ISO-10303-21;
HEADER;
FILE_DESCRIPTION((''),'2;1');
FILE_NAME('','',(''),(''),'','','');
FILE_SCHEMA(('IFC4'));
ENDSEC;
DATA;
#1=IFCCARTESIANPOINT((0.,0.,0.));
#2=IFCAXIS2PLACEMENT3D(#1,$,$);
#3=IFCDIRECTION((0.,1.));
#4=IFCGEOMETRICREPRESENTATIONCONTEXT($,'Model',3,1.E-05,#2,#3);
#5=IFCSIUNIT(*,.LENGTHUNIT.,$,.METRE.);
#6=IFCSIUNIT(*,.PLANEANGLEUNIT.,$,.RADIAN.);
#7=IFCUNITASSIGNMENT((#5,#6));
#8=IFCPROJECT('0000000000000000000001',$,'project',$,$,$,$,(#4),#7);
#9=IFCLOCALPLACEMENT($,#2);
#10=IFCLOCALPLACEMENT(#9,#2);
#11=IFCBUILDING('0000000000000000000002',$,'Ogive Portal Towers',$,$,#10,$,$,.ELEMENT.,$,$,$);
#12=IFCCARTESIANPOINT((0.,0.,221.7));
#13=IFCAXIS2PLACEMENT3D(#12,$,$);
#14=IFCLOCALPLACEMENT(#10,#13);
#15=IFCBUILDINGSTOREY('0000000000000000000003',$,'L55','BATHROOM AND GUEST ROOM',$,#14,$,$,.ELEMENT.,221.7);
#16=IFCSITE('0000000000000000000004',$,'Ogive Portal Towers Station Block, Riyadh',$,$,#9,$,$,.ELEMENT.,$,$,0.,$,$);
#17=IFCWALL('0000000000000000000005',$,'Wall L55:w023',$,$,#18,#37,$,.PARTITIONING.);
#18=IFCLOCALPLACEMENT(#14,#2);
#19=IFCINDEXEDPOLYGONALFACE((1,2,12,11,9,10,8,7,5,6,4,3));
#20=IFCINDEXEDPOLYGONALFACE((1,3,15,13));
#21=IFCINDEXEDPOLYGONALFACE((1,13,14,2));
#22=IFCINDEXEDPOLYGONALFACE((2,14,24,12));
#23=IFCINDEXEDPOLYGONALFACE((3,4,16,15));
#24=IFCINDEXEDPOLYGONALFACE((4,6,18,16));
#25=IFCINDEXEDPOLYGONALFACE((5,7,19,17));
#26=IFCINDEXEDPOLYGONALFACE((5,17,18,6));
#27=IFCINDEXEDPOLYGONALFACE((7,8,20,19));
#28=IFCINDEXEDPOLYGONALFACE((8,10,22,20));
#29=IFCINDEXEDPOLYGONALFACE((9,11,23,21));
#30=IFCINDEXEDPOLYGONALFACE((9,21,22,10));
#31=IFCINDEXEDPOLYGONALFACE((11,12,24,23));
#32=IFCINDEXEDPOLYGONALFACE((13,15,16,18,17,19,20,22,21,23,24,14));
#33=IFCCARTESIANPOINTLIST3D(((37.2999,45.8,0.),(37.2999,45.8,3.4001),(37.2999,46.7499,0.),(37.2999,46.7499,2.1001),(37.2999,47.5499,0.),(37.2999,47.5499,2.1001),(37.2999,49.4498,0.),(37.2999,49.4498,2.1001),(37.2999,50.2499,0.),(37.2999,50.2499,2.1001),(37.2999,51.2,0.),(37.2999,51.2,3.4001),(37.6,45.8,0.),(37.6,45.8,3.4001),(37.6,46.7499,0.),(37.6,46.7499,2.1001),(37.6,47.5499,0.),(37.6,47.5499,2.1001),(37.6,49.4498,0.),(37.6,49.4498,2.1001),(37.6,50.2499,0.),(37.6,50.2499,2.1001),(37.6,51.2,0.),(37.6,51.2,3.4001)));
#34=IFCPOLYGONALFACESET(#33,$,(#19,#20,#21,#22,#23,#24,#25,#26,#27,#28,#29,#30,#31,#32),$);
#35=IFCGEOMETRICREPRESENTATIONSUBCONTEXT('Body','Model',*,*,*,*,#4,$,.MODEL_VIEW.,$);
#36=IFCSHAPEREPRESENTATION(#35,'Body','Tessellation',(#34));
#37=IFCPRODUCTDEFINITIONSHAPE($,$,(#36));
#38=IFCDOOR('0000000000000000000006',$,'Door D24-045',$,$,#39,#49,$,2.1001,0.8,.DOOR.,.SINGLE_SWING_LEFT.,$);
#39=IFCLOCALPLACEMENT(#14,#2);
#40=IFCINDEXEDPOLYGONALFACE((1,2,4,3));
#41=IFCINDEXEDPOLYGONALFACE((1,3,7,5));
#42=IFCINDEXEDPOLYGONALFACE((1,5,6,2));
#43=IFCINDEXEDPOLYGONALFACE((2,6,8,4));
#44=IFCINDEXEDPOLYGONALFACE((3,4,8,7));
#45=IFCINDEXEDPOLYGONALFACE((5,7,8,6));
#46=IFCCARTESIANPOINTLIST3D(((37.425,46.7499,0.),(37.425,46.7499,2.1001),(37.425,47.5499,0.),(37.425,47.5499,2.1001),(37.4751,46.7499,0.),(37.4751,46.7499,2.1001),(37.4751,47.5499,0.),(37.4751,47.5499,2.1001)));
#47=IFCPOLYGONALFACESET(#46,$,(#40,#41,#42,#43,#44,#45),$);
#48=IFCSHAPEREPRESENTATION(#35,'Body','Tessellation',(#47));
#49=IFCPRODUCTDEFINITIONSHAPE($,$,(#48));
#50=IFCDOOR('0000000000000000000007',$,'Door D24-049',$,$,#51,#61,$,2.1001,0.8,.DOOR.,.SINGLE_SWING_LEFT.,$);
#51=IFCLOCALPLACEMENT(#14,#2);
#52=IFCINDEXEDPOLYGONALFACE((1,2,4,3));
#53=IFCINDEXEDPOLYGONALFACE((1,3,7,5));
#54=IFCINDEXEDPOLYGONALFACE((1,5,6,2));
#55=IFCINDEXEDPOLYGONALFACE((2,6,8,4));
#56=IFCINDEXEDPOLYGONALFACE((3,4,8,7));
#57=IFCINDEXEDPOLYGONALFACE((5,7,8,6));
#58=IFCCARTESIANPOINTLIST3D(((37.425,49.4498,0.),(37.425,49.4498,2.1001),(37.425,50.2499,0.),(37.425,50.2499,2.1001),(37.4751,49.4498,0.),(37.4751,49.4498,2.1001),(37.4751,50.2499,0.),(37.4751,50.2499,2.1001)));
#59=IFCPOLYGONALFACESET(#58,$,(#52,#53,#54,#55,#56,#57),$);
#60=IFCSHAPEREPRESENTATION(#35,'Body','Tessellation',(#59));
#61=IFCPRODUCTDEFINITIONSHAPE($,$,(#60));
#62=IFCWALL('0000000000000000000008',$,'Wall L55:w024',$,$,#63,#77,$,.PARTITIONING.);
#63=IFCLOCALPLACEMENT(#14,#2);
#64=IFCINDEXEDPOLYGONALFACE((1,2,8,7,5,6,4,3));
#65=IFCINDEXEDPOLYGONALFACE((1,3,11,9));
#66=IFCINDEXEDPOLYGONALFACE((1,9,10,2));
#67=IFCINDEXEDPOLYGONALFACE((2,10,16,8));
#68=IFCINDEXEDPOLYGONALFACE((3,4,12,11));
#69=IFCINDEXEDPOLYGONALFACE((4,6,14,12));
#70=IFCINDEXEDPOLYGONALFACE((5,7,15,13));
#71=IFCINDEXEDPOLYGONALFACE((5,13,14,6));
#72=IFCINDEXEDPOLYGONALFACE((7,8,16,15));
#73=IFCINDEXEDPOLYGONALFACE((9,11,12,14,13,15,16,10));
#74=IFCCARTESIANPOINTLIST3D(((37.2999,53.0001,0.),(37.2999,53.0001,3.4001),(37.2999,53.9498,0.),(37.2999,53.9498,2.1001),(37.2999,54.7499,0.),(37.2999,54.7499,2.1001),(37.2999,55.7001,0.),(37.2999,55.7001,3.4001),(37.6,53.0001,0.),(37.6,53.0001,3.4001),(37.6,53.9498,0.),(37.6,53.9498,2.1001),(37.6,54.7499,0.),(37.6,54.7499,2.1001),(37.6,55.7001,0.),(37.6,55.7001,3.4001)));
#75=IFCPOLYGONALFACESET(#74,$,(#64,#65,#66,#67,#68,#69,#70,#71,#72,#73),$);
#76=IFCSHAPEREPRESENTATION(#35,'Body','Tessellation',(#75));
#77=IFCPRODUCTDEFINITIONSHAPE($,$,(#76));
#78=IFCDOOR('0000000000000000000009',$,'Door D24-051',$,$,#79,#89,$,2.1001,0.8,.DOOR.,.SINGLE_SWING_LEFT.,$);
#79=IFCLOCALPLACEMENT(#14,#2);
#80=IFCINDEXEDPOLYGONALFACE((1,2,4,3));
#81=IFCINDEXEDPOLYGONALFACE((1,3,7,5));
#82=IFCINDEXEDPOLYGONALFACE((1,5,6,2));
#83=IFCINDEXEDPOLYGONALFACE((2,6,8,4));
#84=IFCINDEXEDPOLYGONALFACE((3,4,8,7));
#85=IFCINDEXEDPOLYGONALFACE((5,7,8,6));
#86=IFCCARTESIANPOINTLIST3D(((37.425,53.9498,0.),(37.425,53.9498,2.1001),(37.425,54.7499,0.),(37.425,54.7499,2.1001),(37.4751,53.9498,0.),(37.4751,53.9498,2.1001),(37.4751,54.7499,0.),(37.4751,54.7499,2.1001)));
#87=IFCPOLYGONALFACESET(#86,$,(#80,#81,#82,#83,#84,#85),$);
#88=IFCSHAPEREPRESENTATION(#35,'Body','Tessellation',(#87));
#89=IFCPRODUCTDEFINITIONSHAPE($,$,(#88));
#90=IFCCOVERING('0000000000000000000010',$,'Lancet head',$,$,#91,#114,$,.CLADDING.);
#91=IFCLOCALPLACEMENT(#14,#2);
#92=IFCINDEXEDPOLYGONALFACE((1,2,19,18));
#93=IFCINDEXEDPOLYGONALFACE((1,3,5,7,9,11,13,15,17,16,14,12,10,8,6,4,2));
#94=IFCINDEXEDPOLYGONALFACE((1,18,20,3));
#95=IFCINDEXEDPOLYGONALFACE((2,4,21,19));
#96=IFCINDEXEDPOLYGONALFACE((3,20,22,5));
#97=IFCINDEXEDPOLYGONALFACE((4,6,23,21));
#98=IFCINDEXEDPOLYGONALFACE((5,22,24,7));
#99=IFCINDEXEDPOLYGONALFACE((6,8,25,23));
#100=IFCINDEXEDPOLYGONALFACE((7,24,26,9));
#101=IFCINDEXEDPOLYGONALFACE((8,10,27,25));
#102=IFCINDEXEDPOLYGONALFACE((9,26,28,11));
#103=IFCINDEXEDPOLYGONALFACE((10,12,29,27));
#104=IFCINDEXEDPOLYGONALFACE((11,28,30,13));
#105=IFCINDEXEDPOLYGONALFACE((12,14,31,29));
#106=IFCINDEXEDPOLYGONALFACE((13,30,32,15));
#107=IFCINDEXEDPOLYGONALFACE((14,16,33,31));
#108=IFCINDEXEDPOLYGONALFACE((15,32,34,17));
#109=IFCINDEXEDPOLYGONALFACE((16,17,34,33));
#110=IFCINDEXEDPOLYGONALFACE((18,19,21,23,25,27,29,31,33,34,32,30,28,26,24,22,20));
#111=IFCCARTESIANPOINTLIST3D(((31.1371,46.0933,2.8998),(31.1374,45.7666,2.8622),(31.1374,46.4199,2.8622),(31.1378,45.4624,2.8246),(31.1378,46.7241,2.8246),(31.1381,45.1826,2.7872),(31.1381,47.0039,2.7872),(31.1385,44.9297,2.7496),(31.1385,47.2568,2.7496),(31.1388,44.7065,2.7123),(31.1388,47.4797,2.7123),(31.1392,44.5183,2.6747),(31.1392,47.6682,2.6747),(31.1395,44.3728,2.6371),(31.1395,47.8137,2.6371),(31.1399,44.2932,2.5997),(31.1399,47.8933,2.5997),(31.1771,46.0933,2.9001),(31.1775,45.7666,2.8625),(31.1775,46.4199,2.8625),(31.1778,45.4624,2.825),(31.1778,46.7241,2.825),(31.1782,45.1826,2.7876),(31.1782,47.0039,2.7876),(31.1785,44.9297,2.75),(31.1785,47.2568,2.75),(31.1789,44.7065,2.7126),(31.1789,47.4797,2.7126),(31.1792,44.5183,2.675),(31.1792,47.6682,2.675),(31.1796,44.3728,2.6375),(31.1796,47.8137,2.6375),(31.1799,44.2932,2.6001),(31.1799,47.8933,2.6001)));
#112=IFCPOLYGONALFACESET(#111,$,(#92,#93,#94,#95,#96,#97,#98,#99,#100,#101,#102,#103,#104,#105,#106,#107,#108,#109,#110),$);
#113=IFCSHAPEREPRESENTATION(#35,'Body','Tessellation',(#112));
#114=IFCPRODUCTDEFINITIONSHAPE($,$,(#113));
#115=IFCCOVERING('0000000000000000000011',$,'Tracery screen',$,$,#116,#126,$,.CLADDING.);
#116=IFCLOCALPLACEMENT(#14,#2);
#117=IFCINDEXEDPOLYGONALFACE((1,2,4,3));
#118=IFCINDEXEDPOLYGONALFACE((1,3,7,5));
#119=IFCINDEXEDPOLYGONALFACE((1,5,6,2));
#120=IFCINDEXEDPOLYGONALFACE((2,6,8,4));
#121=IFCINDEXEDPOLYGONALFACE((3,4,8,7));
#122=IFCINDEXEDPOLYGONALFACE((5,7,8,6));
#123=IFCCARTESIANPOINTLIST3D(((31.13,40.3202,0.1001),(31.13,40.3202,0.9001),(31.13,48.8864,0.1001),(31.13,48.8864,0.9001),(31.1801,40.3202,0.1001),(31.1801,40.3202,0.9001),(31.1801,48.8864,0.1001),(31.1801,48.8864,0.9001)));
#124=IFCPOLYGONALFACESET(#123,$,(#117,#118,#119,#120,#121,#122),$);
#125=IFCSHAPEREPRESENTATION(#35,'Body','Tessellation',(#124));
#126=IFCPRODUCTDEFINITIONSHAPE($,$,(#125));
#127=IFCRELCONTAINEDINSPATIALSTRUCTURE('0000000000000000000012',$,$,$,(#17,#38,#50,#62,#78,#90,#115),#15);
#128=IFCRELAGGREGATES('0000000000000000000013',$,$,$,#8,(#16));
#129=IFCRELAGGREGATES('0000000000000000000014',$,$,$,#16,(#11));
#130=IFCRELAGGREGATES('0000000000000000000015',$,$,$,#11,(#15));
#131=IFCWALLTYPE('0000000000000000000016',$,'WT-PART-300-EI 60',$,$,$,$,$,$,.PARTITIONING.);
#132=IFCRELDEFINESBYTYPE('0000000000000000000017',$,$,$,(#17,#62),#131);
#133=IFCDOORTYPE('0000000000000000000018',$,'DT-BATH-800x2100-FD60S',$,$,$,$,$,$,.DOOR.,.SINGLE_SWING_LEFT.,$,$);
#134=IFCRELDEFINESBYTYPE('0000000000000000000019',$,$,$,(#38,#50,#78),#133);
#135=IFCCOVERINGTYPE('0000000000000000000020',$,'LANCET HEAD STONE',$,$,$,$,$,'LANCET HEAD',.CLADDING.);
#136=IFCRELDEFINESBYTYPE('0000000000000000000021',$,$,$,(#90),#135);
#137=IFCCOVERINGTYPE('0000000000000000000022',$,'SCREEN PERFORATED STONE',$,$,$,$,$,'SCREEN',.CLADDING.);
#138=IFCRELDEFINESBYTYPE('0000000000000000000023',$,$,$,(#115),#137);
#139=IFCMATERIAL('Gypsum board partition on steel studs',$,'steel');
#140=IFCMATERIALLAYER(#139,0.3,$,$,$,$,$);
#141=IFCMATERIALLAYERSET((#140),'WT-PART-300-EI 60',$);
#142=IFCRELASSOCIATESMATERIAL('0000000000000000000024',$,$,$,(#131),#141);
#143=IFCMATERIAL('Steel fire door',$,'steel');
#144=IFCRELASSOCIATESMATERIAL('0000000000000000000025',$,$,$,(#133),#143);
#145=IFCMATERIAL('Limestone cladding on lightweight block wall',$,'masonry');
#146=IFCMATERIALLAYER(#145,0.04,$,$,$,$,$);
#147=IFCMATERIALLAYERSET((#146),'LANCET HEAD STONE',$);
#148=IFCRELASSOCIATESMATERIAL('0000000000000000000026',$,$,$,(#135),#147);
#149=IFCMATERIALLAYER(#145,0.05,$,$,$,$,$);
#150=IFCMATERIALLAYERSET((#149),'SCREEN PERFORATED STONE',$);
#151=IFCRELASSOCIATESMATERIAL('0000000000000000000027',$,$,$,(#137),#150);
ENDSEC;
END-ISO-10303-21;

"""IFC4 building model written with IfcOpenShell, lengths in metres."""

from ifc_helpers import new_model, si_unit, direction, frame, frame_2d, origin, origin_2d, place, context, subcontext, project, spatial, polyline, rectangle, outline, extrude, material, layer, layer_set, type_object, element, fill, save


model = new_model("IFC4")

# Units and contexts
model_context = context("Model", 3, precision=1e-05, world=origin(), true_north=direction((0.0, 1.0)))
body_context = subcontext(model_context, "Body", "Model", "MODEL_VIEW")
ifc_project = project(units=[si_unit("LENGTHUNIT", "METRE"), si_unit("PLANEANGLEUNIT", "RADIAN")], contexts=[model_context])

# Site, building, storey
site_placement = place(None, origin())
site = spatial("IfcSite", under=ifc_project, at=site_placement, Name="Ogive Portal Towers Station Block, Riyadh", CompositionType="ELEMENT", RefElevation=0.0)
building_placement = place(site_placement, origin())
building = spatial("IfcBuilding", under=site, at=building_placement, Name="Ogive Portal Towers", CompositionType="ELEMENT")
storey_placement = place(building_placement, frame((0.0, 0.0, 221.7)))
storey = spatial("IfcBuildingStorey", under=building, at=storey_placement, Name="L55", Description="BATHROOM AND GUEST ROOM", CompositionType="ELEMENT", Elevation=221.7)

# Shared definitions
ifc_material_1 = material(Name="Limestone cladding on lightweight block wall", Category="masonry")

# Shared definitions
ifc_material_2 = material(Name="Gypsum board partition on steel studs", Category="steel")
ifc_layer_1 = layer(ifc_material_2, 0.3)
ifc_layer_set_1 = layer_set([ifc_layer_1], Name="WT-PART-300-EI 60")
wall_type_1 = type_object("IfcWallType", Name="WT-PART-300-EI 60", PredefinedType="PARTITIONING", material=ifc_layer_set_1)

# Wall, openings, doors
wall_1_placement = place(storey_placement, frame((37.45, 45.8, 0.0), z_axis=(0.0, 0.0, 1.0), x_axis=(0.0, 1.0, 0.0)))
wall_1 = element("IfcWall", 1, at=wall_1_placement, inside=storey, type_object=wall_type_1, Name="Wall L55:w023", PredefinedType="PARTITIONING", context=body_context, shape_type="SweptSolid", body=[
    extrude(rectangle(XDim=5.3999, YDim=0.3, at=frame_2d((2.7, 0.0))), origin(), (0.0, 0.0, 1.0), 3.4001),
])
opening_1_placement = place(wall_1_placement, frame((0.95, 0.0, 0.0)))
opening_1 = element("IfcOpeningElement", 2, at=opening_1_placement, cuts=wall_1, PredefinedType="OPENING", context=body_context, shape_type="SweptSolid", body=[
    extrude(rectangle(XDim=0.8, YDim=2.1001, at=frame_2d((0.3999, 1.05))), frame((0.0, 0.1602, 0.0), z_axis=(0.0, -1.0, 0.0), x_axis=(1.0, 0.0, 0.0)), (0.0, 0.0, 1.0), 0.3201),
])
opening_2_placement = place(wall_1_placement, frame((3.6499, 0.0, 0.0)))
opening_2 = element("IfcOpeningElement", 3, at=opening_2_placement, cuts=wall_1, PredefinedType="OPENING", context=body_context, shape_type="SweptSolid", body=[
    extrude(rectangle(XDim=0.8, YDim=2.1001, at=frame_2d((0.3999, 1.05))), frame((0.0, 0.1602, 0.0), z_axis=(0.0, -1.0, 0.0), x_axis=(1.0, 0.0, 0.0)), (0.0, 0.0, 1.0), 0.3201),
])
ifc_material_3 = material(Name="Steel fire door", Category="steel")
door_type = type_object("IfcDoorType", Name="DT-BATH-800x2100-FD60S", OperationType="SINGLE_SWING_LEFT", PredefinedType="DOOR", material=ifc_material_3)
door_1_placement = place(opening_1_placement, origin())
door_1 = element("IfcDoor", 4, at=door_1_placement, inside=storey, type_object=door_type, Name="Door D24-045", OperationType="SINGLE_SWING_LEFT", OverallHeight=2.1001, OverallWidth=0.8, PredefinedType="DOOR", context=body_context, shape_type="SweptSolid", body=[
    extrude(rectangle(XDim=0.8, YDim=2.1001, at=frame_2d((0.3999, 1.05))), frame((0.0, 0.0249, 0.0), z_axis=(0.0, -1.0, 0.0), x_axis=(1.0, 0.0, 0.0)), (0.0, 0.0, 1.0), 0.05),
])
fill(opening_1, door_1)
door_2_placement = place(opening_2_placement, origin())
door_2 = element("IfcDoor", 5, at=door_2_placement, inside=storey, type_object=door_type, Name="Door D24-049", OperationType="SINGLE_SWING_LEFT", OverallHeight=2.1001, OverallWidth=0.8, PredefinedType="DOOR", context=body_context, shape_type="SweptSolid", body=[
    extrude(rectangle(XDim=0.8, YDim=2.1001, at=frame_2d((0.3999, 1.05))), frame((0.0, 0.0249, 0.0), z_axis=(0.0, -1.0, 0.0), x_axis=(1.0, 0.0, 0.0)), (0.0, 0.0, 1.0), 0.05),
])
fill(opening_2, door_2)

# Wall, opening, door
wall_2_placement = place(storey_placement, frame((37.45, 53.0, 0.0), z_axis=(0.0, 0.0, 1.0), x_axis=(0.0, 1.0, 0.0)))
wall_2 = element("IfcWall", 6, at=wall_2_placement, inside=storey, type_object=wall_type_1, Name="Wall L55:w024", PredefinedType="PARTITIONING", context=body_context, shape_type="SweptSolid", body=[
    extrude(rectangle(XDim=2.7, YDim=0.3, at=frame_2d((1.3501, 0.0))), origin(), (0.0, 0.0, 1.0), 3.4001),
])
opening_3_placement = place(wall_2_placement, frame((0.95, 0.0, 0.0)))
opening_3 = element("IfcOpeningElement", 7, at=opening_3_placement, cuts=wall_2, PredefinedType="OPENING", context=body_context, shape_type="SweptSolid", body=[
    extrude(rectangle(XDim=0.8, YDim=2.1001, at=frame_2d((0.3999, 1.05))), frame((0.0, 0.1602, 0.0), z_axis=(0.0, -1.0, 0.0), x_axis=(1.0, 0.0, 0.0)), (0.0, 0.0, 1.0), 0.3201),
])
door_3_placement = place(opening_3_placement, origin())
door_3 = element("IfcDoor", 8, at=door_3_placement, inside=storey, type_object=door_type, Name="Door D24-051", OperationType="SINGLE_SWING_LEFT", OverallHeight=2.1001, OverallWidth=0.8, PredefinedType="DOOR", context=body_context, shape_type="SweptSolid", body=[
    extrude(rectangle(XDim=0.8, YDim=2.1001, at=frame_2d((0.3999, 1.05))), frame((0.0, 0.0249, 0.0), z_axis=(0.0, -1.0, 0.0), x_axis=(1.0, 0.0, 0.0)), (0.0, 0.0, 1.0), 0.05),
])
fill(opening_3, door_3)

# Coverings
ifc_layer_2 = layer(ifc_material_1, 0.04)
ifc_layer_set_2 = layer_set([ifc_layer_2], Name="LANCET HEAD STONE")
covering_type_1 = type_object("IfcCoveringType", Name="LANCET HEAD STONE", ElementType="LANCET HEAD", PredefinedType="CLADDING", material=ifc_layer_set_2)
covering_1_placement = place(storey_placement, frame((31.1799, 47.8933, 2.6001), z_axis=(0.999956, 0.0, 0.009428), x_axis=(0.0, -1.0, 0.0)))
element("IfcCovering", 9, at=covering_1_placement, inside=storey, type_object=covering_type_1, Name="Lancet head", PredefinedType="CLADDING", context=body_context, shape_type="SweptSolid", body=[
    extrude(outline(polyline([(0.0, 0.0), (3.6001, 0.0), (3.5205, -0.0374), (3.375, -0.075), (3.1868, -0.1126), (2.9636, -0.1499), (2.7107, -0.1875), (2.4309, -0.2249), (2.1267, -0.2625), (1.8, -0.3001), (1.4734, -0.2625), (1.1692, -0.2249), (0.8894, -0.1875), (0.6365, -0.1499), (0.4136, -0.1126), (0.2251, -0.075), (0.0796, -0.0374), (0.0, 0.0)])), origin(), (0.0, 0.0, -1.0), 0.04),
])
ifc_layer_3 = layer(ifc_material_1, 0.05)
ifc_layer_set_3 = layer_set([ifc_layer_3], Name="SCREEN PERFORATED STONE")
covering_type_2 = type_object("IfcCoveringType", Name="SCREEN PERFORATED STONE", ElementType="SCREEN", PredefinedType="CLADDING", material=ifc_layer_set_3)
covering_2_placement = place(storey_placement, frame((31.155, 44.6033, 0.1001), z_axis=(0.0, 0.0, 1.0), x_axis=(0.0, -1.0, 0.0)))
element("IfcCovering", 10, at=covering_2_placement, inside=storey, type_object=covering_type_2, Name="Tracery screen", PredefinedType="CLADDING", context=body_context, shape_type="SweptSolid", body=[
    extrude(rectangle(XDim=8.5662, YDim=0.05, at=origin_2d()), origin(), (0.0, 0.0, 1.0), 0.8),
])

save(model, "model.ifc")
